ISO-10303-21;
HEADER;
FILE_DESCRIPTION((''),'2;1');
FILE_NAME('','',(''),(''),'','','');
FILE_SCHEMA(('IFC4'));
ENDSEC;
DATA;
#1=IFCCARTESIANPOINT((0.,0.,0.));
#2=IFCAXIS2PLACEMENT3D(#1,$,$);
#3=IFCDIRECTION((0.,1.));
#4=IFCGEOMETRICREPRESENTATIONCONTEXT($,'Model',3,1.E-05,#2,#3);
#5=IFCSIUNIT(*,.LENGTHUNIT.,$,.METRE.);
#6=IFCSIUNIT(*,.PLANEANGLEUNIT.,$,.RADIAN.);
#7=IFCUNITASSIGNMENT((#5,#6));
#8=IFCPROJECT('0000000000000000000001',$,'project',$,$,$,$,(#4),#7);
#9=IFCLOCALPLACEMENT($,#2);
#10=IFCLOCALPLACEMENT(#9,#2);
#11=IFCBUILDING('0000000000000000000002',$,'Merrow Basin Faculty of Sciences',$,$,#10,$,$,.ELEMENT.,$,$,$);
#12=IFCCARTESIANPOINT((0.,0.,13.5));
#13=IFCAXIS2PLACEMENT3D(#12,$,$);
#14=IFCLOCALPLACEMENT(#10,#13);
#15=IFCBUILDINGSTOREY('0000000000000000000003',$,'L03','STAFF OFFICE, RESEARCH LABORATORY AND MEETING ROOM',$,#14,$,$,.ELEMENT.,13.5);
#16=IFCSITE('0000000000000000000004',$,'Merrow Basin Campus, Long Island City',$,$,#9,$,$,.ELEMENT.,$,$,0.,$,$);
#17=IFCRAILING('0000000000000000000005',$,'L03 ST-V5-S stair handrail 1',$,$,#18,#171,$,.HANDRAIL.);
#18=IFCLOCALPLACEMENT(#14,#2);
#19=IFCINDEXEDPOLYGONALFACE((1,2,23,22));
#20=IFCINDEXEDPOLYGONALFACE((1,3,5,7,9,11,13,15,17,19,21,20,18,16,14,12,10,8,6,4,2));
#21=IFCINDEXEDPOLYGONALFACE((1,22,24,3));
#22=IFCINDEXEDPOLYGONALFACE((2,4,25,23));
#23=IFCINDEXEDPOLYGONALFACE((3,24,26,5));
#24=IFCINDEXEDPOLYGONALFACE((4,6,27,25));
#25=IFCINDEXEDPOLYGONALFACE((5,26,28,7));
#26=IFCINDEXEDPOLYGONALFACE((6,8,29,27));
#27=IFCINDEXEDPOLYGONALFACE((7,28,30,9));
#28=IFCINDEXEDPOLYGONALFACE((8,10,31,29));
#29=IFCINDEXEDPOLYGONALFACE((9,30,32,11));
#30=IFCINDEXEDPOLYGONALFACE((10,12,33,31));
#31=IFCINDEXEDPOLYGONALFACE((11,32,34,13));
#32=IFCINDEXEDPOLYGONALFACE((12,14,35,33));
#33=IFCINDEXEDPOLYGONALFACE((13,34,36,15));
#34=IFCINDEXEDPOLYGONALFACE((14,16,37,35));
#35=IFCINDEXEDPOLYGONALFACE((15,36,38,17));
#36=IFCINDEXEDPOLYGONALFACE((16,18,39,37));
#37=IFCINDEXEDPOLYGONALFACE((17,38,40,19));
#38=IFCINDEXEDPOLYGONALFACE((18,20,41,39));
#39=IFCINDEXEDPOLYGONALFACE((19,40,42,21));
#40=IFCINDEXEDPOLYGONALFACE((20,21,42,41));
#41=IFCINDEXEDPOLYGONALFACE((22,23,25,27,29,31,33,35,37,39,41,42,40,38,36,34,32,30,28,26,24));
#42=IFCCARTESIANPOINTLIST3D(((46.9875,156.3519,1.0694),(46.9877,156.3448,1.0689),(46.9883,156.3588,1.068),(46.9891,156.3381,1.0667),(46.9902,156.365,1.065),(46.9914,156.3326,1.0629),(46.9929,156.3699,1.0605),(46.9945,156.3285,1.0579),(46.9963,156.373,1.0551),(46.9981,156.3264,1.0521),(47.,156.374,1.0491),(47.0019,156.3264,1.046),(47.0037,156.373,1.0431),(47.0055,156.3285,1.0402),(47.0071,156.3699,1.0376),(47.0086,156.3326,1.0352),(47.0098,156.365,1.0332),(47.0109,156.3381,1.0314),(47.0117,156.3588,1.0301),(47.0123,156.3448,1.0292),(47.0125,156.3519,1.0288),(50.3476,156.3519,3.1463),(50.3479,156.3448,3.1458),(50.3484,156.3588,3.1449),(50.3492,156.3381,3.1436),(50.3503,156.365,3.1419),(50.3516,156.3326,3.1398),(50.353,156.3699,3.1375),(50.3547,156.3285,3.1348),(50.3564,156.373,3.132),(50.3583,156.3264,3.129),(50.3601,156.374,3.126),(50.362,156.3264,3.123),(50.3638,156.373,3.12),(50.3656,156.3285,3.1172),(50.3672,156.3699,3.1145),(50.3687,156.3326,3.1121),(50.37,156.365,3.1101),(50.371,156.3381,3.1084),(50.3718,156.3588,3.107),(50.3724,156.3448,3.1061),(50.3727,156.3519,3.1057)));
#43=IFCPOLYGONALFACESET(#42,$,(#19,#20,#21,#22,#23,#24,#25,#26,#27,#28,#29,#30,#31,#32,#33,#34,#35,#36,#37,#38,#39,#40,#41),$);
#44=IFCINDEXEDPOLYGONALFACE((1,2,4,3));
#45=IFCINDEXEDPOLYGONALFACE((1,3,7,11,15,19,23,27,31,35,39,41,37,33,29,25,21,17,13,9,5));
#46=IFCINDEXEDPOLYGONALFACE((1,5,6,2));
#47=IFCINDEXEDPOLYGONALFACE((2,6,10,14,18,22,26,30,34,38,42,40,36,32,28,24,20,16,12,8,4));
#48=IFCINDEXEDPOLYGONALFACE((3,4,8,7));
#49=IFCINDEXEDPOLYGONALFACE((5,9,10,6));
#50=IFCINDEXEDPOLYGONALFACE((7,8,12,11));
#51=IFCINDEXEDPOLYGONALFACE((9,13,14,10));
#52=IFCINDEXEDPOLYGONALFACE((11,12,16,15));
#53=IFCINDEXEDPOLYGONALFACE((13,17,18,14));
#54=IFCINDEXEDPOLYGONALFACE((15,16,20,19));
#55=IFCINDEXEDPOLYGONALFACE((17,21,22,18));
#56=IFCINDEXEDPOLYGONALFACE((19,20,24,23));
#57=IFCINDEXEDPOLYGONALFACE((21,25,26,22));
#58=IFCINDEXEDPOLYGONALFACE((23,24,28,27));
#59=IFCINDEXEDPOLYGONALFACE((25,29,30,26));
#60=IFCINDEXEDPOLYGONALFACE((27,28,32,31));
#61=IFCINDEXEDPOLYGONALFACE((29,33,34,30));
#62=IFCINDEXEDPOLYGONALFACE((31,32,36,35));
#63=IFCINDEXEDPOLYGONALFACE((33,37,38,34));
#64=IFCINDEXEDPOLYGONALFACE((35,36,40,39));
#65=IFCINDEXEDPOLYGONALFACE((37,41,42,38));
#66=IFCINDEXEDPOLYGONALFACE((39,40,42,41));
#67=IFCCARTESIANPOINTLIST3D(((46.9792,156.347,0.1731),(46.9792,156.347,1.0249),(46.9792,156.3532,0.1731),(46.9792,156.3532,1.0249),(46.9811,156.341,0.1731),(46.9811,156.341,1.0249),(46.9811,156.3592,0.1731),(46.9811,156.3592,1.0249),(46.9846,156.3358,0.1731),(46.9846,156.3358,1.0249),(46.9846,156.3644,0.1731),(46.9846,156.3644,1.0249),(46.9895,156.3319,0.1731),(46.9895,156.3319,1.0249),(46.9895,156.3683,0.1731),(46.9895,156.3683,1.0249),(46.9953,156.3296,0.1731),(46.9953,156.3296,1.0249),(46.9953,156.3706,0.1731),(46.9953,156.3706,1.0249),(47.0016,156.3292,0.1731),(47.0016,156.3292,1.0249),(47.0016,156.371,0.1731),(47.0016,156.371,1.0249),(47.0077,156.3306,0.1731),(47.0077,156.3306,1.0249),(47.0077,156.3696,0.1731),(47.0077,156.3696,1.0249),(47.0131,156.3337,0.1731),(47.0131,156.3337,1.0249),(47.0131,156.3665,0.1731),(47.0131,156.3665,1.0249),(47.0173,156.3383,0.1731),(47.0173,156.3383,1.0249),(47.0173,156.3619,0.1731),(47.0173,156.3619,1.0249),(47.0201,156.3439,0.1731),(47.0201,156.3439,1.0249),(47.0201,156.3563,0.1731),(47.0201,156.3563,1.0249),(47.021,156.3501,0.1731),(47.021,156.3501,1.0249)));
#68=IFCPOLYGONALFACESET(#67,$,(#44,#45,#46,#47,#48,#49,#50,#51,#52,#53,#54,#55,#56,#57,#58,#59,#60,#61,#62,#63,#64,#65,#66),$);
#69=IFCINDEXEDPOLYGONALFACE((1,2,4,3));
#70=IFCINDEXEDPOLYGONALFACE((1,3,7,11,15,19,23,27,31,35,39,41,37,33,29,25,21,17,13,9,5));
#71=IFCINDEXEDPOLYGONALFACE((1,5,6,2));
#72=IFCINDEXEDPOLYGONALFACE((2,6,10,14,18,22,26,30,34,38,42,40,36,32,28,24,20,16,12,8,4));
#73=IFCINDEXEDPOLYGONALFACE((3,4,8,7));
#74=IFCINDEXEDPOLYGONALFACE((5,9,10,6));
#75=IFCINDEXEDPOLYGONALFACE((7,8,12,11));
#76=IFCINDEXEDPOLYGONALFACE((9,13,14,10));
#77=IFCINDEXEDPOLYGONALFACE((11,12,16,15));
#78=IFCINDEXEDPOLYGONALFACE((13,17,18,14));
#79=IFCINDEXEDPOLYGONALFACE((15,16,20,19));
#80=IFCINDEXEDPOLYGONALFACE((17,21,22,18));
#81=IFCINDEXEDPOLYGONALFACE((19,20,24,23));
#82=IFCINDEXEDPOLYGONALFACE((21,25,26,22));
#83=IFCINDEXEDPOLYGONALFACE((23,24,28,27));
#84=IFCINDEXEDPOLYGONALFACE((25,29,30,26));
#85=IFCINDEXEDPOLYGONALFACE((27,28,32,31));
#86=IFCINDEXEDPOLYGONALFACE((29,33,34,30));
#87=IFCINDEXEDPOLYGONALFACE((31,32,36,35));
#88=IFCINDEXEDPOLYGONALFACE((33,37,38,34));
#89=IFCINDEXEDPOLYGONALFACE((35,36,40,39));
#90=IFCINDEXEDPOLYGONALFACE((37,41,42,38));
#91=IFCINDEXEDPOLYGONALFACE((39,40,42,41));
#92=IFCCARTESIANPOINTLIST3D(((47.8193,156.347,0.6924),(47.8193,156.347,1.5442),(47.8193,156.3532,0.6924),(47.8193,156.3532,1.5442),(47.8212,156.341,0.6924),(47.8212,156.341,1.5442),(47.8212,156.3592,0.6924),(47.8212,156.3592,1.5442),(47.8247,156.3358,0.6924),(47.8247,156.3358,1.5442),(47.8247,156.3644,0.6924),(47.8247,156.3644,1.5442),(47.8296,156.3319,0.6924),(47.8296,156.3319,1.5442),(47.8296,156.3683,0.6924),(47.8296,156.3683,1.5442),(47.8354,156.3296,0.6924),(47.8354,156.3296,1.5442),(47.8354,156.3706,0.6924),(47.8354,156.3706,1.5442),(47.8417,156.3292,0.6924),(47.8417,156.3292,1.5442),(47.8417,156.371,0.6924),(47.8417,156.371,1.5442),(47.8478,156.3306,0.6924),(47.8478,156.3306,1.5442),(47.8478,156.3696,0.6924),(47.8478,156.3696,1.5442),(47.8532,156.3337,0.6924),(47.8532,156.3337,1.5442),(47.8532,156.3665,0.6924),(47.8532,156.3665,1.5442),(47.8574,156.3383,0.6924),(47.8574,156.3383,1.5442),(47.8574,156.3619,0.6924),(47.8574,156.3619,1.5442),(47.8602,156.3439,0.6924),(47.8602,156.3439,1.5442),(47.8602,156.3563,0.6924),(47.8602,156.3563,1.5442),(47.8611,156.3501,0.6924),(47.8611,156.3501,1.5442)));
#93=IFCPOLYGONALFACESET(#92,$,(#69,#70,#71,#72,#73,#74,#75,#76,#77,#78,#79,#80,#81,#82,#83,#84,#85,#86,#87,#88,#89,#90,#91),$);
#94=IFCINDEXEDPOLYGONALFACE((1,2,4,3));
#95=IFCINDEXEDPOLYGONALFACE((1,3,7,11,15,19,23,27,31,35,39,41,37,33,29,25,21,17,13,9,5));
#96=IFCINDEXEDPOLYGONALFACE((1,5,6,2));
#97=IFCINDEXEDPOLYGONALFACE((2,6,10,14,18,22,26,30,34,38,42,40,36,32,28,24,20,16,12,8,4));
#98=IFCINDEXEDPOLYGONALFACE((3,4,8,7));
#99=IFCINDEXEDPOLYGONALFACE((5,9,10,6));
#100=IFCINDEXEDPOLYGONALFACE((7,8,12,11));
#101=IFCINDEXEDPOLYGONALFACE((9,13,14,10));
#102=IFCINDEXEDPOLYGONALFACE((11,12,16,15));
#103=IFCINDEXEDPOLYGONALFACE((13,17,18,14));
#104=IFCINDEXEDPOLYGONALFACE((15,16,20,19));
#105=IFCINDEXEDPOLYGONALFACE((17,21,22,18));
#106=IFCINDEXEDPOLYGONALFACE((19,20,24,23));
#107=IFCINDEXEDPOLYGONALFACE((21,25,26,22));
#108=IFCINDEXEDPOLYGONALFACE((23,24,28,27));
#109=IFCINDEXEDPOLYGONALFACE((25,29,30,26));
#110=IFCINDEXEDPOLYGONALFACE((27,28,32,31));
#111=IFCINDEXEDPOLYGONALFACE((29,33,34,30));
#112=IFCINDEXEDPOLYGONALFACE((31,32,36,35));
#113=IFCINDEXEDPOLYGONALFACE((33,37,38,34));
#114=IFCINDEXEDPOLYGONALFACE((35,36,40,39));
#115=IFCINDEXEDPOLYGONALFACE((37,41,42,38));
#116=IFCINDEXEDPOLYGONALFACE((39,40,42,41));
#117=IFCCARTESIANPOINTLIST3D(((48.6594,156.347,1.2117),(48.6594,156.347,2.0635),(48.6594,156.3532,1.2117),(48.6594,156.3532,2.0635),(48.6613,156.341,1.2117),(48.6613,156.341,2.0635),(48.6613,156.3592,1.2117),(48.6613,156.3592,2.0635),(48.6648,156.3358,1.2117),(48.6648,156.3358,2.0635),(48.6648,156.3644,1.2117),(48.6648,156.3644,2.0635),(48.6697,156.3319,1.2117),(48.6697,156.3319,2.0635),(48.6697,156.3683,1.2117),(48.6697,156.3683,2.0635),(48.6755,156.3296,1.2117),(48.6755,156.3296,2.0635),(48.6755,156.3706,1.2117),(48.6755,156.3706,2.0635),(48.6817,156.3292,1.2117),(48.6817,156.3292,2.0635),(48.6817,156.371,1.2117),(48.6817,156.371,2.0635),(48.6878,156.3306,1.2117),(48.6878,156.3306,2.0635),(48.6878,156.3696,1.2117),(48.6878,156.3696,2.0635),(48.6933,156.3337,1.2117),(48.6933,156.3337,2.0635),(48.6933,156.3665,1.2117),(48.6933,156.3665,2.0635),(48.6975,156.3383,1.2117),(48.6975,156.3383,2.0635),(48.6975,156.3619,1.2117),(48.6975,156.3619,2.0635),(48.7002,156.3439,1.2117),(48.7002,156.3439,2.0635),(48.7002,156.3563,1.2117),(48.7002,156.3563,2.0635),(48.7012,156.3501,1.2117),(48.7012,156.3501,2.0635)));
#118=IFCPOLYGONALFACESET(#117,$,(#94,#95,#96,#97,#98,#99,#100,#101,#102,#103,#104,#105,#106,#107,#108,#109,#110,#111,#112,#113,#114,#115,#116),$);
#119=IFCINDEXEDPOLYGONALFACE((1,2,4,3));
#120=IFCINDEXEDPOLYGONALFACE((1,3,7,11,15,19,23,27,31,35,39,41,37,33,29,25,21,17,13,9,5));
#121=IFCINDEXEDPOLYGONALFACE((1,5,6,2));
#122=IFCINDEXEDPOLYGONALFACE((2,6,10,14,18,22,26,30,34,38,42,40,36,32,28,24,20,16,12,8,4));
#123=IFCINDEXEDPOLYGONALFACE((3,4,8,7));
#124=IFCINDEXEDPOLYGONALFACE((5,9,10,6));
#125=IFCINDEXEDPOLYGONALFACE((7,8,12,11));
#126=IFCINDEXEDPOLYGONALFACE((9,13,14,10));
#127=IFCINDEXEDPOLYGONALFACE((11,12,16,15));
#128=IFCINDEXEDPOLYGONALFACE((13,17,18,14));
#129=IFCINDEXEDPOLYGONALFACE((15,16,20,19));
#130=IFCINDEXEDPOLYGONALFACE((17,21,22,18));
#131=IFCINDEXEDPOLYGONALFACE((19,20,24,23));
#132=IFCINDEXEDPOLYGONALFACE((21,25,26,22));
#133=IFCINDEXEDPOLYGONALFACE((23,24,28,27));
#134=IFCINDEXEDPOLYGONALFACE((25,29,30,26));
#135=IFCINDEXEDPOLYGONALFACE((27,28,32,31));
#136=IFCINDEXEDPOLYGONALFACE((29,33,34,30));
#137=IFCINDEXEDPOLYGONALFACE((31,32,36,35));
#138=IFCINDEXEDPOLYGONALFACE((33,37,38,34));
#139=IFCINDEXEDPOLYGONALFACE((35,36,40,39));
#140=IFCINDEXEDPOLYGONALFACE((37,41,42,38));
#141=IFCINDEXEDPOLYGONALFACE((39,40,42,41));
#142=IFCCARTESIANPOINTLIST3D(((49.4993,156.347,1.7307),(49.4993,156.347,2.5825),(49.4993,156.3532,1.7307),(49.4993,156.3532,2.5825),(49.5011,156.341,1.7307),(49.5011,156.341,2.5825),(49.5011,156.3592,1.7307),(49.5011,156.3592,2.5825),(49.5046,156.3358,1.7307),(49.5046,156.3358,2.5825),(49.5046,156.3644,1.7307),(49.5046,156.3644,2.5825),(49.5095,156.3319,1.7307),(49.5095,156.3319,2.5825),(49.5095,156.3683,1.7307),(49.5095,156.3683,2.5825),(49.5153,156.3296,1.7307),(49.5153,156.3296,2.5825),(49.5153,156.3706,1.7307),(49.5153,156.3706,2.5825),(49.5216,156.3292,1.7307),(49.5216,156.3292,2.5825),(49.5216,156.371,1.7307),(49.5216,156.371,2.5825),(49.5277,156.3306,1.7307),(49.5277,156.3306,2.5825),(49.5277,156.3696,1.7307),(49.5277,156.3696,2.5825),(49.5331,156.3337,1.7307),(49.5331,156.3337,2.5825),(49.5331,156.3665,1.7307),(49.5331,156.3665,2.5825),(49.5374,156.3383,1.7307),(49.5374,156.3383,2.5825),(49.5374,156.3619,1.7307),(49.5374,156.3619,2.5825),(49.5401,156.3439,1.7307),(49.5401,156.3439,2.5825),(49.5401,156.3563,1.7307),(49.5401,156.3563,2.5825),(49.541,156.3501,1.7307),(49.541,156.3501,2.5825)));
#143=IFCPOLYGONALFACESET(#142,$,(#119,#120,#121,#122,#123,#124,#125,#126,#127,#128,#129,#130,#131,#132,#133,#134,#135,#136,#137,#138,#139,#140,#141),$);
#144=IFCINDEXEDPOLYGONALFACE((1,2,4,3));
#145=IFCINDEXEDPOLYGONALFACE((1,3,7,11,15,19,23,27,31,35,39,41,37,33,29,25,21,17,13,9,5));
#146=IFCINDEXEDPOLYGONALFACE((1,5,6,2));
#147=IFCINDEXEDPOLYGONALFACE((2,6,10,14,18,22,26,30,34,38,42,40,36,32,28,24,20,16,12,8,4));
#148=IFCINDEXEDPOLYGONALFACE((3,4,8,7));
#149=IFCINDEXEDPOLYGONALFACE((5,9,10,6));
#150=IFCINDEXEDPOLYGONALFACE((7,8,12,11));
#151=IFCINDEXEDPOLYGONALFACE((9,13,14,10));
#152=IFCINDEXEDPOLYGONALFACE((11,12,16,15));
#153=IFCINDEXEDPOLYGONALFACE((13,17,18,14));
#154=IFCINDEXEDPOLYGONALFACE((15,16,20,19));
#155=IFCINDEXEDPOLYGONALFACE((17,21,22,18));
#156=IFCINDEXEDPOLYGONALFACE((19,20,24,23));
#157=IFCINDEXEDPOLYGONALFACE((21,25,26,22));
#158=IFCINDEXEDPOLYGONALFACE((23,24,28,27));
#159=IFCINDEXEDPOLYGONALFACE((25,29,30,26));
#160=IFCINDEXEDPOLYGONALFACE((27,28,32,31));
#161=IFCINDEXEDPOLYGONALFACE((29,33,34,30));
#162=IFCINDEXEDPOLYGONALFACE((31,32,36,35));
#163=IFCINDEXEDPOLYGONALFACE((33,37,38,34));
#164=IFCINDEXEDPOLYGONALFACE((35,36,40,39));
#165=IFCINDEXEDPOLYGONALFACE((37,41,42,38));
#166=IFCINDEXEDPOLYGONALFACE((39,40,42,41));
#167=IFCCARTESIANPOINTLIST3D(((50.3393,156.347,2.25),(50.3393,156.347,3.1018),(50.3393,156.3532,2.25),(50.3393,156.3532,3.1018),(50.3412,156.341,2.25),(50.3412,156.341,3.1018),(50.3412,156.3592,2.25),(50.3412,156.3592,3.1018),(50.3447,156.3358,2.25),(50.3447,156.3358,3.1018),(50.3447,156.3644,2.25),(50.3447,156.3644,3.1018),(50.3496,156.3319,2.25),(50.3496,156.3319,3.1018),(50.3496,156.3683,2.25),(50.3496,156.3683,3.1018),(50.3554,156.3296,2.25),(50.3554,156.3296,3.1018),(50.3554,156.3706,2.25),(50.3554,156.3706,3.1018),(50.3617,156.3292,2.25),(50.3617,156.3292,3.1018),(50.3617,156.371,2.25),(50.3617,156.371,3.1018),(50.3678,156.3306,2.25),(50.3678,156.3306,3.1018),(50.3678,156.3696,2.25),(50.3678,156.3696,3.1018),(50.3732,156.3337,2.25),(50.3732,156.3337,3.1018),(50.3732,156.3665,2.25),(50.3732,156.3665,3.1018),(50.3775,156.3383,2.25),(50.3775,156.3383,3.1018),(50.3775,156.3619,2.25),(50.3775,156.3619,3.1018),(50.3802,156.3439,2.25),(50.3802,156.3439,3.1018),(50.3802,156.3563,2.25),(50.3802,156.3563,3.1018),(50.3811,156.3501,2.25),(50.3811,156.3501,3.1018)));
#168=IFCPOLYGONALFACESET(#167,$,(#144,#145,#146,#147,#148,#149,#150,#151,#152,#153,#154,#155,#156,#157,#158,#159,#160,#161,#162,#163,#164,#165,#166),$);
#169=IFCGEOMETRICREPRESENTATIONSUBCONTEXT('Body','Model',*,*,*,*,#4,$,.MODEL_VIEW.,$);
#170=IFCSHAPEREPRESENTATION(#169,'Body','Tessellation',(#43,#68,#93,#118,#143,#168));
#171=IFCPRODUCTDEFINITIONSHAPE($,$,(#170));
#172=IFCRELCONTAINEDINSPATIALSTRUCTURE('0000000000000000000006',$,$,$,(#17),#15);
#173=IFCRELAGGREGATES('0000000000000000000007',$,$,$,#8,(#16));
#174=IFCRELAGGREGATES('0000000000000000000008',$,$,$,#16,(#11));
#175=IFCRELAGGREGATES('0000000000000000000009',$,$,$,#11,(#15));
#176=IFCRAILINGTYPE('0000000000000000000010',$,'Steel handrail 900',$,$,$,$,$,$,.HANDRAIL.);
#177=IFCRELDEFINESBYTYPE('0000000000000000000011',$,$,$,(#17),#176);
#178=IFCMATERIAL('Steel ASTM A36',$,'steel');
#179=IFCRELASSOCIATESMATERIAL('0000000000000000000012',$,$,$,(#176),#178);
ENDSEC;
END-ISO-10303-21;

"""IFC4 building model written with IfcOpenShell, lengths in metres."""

from ifc_helpers import new_model, si_unit, direction, frame, origin, origin_2d, place, context, subcontext, project, spatial, circle, extrude, material, type_object, element, save


model = new_model("IFC4")

# Units and contexts
model_context = context("Model", 3, precision=1e-05, world=origin(), true_north=direction((0.0, 1.0)))
body_context = subcontext(model_context, "Body", "Model", "MODEL_VIEW")
ifc_project = project(units=[si_unit("LENGTHUNIT", "METRE"), si_unit("PLANEANGLEUNIT", "RADIAN")], contexts=[model_context])

# Site, building, storey
site_placement = place(None, origin())
site = spatial("IfcSite", under=ifc_project, at=site_placement, Name="Merrow Basin Campus, Long Island City", CompositionType="ELEMENT", RefElevation=0.0)
building_placement = place(site_placement, origin())
building = spatial("IfcBuilding", under=site, at=building_placement, Name="Merrow Basin Faculty of Sciences", CompositionType="ELEMENT")
storey_placement = place(building_placement, frame((0.0, 0.0, 13.5)))
storey = spatial("IfcBuildingStorey", under=building, at=storey_placement, Name="L03", Description="STAFF OFFICE, RESEARCH LABORATORY AND MEETING ROOM", CompositionType="ELEMENT", Elevation=13.5)

# Railing
ifc_material_1 = material(Name="Steel ASTM A36", Category="steel")
railing_type_1 = type_object("IfcRailingType", Name="Steel handrail 900", PredefinedType="HANDRAIL", material=ifc_material_1)
railing_1_placement = place(storey_placement, frame((47.0, 156.3501, 0.1731)))
element("IfcRailing", 1, at=railing_1_placement, inside=storey, type_object=railing_type_1, Name="L03 ST-V5-S stair handrail 1", PredefinedType="HANDRAIL", context=body_context, shape_type="SweptSolid", body=[
    extrude(circle(Radius=0.0239, at=origin_2d()), frame((0.0, 0.0, 0.876), z_axis=(0.850623, 0.0, 0.525776), x_axis=(0.0, 1.0, 0.0)), (0.0, 0.0, 1.0), 3.9502),
    extrude(circle(Radius=0.021, at=origin_2d()), origin(), (0.0, 0.0, 1.0), 0.8518),
    extrude(circle(Radius=0.021, at=origin_2d()), frame((0.8401, 0.0, 0.5193)), (0.0, 0.0, 1.0), 0.8518),
    extrude(circle(Radius=0.021, at=origin_2d()), frame((1.6802, 0.0, 1.0386)), (0.0, 0.0, 1.0), 0.8518),
    extrude(circle(Radius=0.021, at=origin_2d()), frame((2.52, 0.0, 1.5576)), (0.0, 0.0, 1.0), 0.8518),
    extrude(circle(Radius=0.021, at=origin_2d()), frame((3.3601, 0.0, 2.0769)), (0.0, 0.0, 1.0), 0.8518),
])

save(model, "model.ifc")
